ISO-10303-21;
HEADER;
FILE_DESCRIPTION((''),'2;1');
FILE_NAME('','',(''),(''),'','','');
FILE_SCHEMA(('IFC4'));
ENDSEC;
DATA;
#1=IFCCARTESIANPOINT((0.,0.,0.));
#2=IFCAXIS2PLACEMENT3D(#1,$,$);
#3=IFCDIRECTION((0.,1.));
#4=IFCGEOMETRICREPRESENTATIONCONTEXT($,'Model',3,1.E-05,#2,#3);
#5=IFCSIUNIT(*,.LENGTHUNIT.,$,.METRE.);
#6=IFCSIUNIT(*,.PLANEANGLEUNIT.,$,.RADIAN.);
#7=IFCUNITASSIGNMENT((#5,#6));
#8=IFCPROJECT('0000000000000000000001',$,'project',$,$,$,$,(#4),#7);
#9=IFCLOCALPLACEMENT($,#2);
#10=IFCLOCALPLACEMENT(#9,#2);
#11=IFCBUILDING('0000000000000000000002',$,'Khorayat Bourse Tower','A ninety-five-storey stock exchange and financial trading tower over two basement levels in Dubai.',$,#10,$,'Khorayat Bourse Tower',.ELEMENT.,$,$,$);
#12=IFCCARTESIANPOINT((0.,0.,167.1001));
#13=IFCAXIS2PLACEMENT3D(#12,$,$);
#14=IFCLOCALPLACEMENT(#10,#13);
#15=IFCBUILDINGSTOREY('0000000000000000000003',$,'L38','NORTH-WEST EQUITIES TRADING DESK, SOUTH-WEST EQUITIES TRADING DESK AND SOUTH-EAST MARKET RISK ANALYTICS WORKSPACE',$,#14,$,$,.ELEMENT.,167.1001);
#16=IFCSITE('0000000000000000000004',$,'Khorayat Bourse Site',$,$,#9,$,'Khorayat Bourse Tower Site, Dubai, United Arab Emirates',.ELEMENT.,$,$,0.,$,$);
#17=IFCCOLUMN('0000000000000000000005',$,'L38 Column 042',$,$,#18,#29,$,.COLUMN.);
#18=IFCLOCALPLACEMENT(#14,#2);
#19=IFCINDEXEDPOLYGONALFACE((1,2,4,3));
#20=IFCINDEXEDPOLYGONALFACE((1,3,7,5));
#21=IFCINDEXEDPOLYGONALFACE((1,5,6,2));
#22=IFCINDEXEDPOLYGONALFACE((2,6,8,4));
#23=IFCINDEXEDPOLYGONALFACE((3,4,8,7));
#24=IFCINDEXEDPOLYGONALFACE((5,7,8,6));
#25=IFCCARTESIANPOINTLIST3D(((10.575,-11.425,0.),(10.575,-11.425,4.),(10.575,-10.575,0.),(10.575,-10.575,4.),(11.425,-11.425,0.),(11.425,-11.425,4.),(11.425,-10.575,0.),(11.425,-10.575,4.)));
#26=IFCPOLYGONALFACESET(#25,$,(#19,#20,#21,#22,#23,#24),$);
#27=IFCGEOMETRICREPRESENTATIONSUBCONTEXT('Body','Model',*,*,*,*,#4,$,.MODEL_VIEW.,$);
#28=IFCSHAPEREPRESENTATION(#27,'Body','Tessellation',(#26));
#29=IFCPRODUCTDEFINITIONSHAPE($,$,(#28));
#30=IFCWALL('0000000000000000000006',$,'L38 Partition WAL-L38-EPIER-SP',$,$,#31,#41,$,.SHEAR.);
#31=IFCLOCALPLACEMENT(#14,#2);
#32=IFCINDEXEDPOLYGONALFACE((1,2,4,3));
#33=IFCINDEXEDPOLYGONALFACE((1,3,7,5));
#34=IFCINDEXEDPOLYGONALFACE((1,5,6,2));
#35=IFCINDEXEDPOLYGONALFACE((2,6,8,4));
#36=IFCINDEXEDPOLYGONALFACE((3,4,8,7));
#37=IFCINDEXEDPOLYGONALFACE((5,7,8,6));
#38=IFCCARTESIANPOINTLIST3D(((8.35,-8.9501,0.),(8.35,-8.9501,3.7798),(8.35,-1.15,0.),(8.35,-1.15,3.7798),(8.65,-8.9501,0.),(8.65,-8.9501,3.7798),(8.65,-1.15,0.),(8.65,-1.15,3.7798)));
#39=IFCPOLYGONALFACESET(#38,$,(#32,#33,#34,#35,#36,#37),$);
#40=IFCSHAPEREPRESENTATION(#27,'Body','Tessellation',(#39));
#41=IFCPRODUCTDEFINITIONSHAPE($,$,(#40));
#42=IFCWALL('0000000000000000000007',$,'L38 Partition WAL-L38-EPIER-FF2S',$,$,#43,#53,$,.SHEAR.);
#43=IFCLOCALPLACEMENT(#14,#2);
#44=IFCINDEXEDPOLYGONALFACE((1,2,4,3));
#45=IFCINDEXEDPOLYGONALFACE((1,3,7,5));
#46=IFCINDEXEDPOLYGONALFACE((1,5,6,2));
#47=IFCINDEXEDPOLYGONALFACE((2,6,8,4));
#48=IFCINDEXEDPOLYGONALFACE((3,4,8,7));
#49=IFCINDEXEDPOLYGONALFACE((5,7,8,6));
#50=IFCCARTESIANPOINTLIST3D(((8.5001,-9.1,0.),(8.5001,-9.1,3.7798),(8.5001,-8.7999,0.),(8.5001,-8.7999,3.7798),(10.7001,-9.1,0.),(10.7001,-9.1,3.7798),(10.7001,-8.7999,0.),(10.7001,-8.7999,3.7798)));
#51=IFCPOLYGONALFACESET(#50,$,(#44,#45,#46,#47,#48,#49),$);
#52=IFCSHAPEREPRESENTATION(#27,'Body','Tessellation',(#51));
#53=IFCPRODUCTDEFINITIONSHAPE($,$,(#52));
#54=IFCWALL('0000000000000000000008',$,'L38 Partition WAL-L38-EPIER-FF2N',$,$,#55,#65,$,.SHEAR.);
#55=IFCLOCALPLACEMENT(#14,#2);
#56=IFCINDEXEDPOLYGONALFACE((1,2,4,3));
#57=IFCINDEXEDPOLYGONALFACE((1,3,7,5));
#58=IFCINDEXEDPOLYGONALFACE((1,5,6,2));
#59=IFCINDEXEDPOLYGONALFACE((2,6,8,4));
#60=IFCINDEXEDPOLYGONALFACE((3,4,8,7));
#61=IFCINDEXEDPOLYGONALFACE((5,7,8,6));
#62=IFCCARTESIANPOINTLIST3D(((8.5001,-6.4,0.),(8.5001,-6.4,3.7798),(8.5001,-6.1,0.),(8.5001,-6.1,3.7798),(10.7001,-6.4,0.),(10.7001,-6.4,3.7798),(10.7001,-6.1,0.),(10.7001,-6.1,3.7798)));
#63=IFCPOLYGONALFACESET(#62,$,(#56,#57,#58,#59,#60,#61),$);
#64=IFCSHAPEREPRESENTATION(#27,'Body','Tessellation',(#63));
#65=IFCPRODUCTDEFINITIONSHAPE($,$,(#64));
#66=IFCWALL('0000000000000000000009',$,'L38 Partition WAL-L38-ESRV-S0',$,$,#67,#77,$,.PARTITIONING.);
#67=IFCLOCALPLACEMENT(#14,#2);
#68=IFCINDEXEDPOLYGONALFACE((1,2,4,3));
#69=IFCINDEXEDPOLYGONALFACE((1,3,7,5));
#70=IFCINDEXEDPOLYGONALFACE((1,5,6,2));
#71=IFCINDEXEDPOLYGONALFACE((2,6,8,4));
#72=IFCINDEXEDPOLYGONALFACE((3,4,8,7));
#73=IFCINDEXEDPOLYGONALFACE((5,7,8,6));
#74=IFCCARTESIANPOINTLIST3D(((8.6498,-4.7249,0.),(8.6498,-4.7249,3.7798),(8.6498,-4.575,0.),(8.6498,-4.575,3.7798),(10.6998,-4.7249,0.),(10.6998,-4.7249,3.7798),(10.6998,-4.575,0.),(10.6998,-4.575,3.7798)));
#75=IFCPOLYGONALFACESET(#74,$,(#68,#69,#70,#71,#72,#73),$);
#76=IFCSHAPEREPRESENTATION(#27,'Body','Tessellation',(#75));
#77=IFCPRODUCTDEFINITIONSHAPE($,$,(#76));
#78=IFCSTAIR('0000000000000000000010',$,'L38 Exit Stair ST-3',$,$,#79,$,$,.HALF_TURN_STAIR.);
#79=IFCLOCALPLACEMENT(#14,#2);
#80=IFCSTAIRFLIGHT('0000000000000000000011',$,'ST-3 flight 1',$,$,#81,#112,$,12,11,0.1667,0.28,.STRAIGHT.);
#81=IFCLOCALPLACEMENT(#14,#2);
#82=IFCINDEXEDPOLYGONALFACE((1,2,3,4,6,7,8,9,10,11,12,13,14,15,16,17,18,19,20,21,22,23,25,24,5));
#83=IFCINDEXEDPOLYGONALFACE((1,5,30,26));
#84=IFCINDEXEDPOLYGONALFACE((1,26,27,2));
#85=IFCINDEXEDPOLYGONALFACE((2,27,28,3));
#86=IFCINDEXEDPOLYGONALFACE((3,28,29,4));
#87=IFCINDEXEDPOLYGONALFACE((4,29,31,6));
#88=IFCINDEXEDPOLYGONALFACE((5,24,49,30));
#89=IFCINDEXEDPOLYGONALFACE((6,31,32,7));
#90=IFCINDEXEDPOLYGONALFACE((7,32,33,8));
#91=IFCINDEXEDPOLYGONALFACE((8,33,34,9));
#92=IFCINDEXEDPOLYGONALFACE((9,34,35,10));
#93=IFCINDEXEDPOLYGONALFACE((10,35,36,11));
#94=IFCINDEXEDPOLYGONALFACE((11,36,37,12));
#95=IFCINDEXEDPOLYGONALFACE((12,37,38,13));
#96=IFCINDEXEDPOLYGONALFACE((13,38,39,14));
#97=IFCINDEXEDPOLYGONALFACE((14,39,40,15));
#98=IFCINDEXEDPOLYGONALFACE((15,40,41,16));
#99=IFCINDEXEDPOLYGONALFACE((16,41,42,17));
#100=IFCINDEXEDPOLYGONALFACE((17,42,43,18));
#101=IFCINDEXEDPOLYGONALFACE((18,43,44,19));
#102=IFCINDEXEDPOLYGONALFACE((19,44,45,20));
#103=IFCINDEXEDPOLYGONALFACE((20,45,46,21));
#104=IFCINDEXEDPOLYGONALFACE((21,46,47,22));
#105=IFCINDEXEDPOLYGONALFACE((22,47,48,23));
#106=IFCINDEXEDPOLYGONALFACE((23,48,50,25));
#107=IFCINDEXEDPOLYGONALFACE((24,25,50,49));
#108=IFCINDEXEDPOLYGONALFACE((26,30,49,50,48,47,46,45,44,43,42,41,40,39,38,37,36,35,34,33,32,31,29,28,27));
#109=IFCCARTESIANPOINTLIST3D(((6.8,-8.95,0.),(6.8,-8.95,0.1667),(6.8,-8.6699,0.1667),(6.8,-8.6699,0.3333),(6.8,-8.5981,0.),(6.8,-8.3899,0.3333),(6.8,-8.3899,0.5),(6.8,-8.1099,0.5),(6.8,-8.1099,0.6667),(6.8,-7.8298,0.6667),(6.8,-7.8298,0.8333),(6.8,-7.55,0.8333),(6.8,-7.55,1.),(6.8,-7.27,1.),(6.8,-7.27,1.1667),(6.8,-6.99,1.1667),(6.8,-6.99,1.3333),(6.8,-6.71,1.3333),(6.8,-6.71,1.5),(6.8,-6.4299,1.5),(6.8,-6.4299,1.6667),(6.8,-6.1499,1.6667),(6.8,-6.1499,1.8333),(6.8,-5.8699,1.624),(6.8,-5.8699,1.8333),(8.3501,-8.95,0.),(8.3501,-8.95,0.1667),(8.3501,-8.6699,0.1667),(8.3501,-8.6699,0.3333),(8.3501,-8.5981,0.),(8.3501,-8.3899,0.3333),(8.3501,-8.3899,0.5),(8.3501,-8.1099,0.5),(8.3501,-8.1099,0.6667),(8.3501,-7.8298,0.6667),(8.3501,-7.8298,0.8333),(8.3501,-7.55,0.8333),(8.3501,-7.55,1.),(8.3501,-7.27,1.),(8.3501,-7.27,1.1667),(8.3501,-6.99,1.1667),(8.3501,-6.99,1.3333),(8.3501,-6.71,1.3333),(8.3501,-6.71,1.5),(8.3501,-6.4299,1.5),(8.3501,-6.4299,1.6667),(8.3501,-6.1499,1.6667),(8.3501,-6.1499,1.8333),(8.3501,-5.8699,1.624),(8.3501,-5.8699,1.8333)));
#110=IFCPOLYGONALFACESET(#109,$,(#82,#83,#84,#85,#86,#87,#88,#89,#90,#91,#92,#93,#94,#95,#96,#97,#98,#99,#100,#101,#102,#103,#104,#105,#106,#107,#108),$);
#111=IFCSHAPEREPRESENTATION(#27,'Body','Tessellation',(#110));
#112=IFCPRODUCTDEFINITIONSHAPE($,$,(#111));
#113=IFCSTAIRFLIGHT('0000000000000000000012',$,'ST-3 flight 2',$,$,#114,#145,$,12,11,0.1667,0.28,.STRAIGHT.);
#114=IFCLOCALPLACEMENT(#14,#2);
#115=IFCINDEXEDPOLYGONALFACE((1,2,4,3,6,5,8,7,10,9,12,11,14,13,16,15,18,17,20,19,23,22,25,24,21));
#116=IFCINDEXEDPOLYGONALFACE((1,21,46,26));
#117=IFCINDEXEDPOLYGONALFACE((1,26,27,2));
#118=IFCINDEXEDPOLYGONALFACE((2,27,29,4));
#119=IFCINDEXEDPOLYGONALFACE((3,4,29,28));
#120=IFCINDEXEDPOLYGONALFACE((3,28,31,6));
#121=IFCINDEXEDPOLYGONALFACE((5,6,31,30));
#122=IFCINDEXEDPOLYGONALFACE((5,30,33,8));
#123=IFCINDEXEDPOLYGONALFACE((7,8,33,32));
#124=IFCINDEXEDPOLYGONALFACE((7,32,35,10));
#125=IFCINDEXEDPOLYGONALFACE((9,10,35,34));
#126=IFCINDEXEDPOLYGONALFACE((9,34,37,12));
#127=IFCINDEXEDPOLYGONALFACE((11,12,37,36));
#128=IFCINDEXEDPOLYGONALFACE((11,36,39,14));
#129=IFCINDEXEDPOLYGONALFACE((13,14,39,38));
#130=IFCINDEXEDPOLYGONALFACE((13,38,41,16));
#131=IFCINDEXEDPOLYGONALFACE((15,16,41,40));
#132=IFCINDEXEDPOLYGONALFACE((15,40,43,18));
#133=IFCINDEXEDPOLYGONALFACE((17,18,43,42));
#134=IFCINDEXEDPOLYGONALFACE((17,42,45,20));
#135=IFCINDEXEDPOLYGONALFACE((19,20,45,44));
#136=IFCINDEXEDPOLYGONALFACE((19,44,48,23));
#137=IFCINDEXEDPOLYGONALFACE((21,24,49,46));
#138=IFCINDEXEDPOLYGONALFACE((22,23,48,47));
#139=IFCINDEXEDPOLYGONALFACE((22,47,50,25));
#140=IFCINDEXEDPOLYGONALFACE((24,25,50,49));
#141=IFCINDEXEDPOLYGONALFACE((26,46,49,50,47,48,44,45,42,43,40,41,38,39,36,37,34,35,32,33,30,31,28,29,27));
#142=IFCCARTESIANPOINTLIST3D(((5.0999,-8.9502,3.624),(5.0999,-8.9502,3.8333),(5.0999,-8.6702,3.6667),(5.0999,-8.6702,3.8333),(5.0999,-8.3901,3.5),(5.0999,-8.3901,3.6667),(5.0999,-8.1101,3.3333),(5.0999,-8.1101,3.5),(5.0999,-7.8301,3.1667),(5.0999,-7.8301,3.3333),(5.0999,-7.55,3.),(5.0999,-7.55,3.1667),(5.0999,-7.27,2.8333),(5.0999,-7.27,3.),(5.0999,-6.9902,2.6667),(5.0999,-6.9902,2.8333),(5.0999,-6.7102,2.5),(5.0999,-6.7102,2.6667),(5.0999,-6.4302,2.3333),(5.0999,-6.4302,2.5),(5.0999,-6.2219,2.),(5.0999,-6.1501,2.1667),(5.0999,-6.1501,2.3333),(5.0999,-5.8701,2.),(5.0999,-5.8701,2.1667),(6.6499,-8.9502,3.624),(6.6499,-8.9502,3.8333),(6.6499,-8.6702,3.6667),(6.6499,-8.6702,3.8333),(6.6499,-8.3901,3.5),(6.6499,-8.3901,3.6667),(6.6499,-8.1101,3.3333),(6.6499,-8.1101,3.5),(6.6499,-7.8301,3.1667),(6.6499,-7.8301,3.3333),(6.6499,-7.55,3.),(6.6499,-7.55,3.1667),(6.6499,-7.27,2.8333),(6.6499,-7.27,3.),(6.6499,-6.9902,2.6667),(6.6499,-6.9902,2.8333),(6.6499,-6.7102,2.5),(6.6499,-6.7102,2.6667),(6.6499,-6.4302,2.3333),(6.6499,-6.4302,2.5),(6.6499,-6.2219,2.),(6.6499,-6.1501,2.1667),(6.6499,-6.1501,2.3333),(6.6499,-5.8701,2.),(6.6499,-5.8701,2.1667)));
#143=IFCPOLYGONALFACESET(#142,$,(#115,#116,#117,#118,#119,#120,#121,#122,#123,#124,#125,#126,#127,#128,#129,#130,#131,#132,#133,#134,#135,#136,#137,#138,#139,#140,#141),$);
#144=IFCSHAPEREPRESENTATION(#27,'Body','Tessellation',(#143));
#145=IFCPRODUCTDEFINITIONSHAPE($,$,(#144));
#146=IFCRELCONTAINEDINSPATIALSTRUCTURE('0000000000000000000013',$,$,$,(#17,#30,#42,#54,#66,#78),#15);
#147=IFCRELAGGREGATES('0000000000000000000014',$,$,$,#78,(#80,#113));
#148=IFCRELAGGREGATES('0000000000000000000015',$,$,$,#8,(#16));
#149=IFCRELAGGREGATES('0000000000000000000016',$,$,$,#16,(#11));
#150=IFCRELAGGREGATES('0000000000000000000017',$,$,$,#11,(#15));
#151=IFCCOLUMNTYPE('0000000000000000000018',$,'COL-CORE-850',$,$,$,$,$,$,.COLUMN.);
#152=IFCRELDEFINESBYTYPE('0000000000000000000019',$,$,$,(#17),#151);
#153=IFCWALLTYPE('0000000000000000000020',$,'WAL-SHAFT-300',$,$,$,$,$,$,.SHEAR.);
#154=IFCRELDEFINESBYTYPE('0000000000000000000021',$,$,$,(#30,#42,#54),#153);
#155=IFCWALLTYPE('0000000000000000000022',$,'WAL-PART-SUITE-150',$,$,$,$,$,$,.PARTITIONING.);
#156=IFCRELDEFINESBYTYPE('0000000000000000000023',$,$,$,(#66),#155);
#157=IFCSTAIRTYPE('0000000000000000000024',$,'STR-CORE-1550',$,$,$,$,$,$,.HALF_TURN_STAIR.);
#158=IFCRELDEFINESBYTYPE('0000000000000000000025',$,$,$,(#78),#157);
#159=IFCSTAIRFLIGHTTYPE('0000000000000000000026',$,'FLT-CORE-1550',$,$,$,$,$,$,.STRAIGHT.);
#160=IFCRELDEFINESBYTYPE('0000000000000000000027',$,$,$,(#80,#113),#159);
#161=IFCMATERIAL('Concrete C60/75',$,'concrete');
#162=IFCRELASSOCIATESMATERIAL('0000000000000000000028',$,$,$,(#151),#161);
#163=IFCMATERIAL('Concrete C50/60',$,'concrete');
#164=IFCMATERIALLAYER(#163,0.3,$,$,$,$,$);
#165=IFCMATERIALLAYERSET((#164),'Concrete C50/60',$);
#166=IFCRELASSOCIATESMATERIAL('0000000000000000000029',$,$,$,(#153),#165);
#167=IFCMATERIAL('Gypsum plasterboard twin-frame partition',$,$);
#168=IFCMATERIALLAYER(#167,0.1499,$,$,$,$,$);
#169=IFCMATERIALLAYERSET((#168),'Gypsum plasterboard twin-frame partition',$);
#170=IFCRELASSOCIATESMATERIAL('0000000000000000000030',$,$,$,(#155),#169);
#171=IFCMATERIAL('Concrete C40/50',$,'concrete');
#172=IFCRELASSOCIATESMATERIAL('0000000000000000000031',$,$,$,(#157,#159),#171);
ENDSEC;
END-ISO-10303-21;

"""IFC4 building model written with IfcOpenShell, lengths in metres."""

from ifc_helpers import new_model, si_unit, direction, frame, frame_2d, origin, origin_2d, place, context, subcontext, project, spatial, polyline, rectangle, outline, extrude, source, transform, mapped, material, layer, layer_set, material_profile, profile_set, type_object, element, aggregate, save


model = new_model("IFC4")

# Units and contexts
model_context = context("Model", 3, precision=1e-05, world=origin(), true_north=direction((0.0, 1.0)))
body_context = subcontext(model_context, "Body", "Model", "MODEL_VIEW")
ifc_project = project(units=[si_unit("LENGTHUNIT", "METRE"), si_unit("PLANEANGLEUNIT", "RADIAN")], contexts=[model_context])

# Site, building, storey
site_placement = place(None, origin())
site = spatial("IfcSite", under=ifc_project, at=site_placement, Name="Khorayat Bourse Site", LongName="Khorayat Bourse Tower Site, Dubai, United Arab Emirates", CompositionType="ELEMENT", RefElevation=0.0)
building_placement = place(site_placement, origin())
building = spatial("IfcBuilding", under=site, at=building_placement, Name="Khorayat Bourse Tower", Description="A ninety-five-storey stock exchange and financial trading tower over two basement levels in Dubai.", LongName="Khorayat Bourse Tower", CompositionType="ELEMENT")
storey_placement = place(building_placement, frame((0.0, 0.0, 167.1001)))
storey = spatial("IfcBuildingStorey", under=building, at=storey_placement, Name="L38", Description="NORTH-WEST EQUITIES TRADING DESK, SOUTH-WEST EQUITIES TRADING DESK AND SOUTH-EAST MARKET RISK ANALYTICS WORKSPACE", CompositionType="ELEMENT", Elevation=167.1001)

# Column
ifc_material_1 = material(Name="Concrete C60/75", Category="concrete")
ifc_material_profile = material_profile(ifc_material_1, rectangle(XDim=0.8501, YDim=0.8501, at=origin_2d()), Name="RC 850x850")
ifc_profile_set = profile_set([ifc_material_profile], Name="Concrete C60/75")
column_type = type_object("IfcColumnType", Name="COL-CORE-850", PredefinedType="COLUMN", material=ifc_profile_set)
shared_shape_1 = source(origin(), body_context, "Body", "SweptSolid", [
    extrude(rectangle(XDim=0.8501, YDim=0.8501, at=origin_2d()), origin(), (0.0, 0.0, 1.0), 4.0),
])
column_placement = place(storey_placement, frame((11.0, -11.0, 0.0), z_axis=(0.0, 0.0, 1.0), x_axis=(1.0, 0.0, 0.0)))
element("IfcColumn", 1, at=column_placement, inside=storey, type_object=column_type, Name="L38 Column 042", PredefinedType="COLUMN", context=body_context, shape_type="MappedRepresentation", body=[
    mapped(shared_shape_1, transform((0.0, 0.0, 0.0), scale=1.0)),
])

# Walls
ifc_material_2 = material(Name="Concrete C50/60", Category="concrete")
ifc_layer_1 = layer(ifc_material_2, 0.3)
ifc_layer_set_1 = layer_set([ifc_layer_1], Name="Concrete C50/60")
wall_type_1 = type_object("IfcWallType", Name="WAL-SHAFT-300", PredefinedType="SHEAR", material=ifc_layer_set_1)
shared_shape_2 = source(origin(), body_context, "Body", "SweptSolid", [
    extrude(rectangle(XDim=7.8, YDim=0.3, at=frame_2d((3.8999, 0.0))), origin(), (0.0, 0.0, 1.0), 3.7798),
])
wall_1_placement = place(storey_placement, frame((8.5, -8.95, 0.0), z_axis=(0.0, 0.0, 1.0), x_axis=(0.0, 1.0, 0.0)))
element("IfcWall", 2, at=wall_1_placement, inside=storey, type_object=wall_type_1, Name="L38 Partition WAL-L38-EPIER-SP", PredefinedType="SHEAR", context=body_context, shape_type="MappedRepresentation", body=[
    mapped(shared_shape_2, transform((0.0, 0.0, 0.0), scale=1.0)),
])
shared_shape_3 = source(origin(), body_context, "Body", "SweptSolid", [
    extrude(rectangle(XDim=2.2, YDim=0.3, at=frame_2d((1.1001, 0.0))), origin(), (0.0, 0.0, 1.0), 3.7798),
])
for number, where, z_axis, x_axis, name in (
    (3, (8.5, -8.95, 0.0), (0.0, 0.0, 1.0), (1.0, 0.0, 0.0), "L38 Partition WAL-L38-EPIER-FF2S"),
    (4, (8.5, -6.25, 0.0), (0.0, 0.0, 1.0), (1.0, 0.0, 0.0), "L38 Partition WAL-L38-EPIER-FF2N"),
):
    element("IfcWall", number, at=place(storey_placement, frame(where, z_axis=z_axis, x_axis=x_axis)), inside=storey, type_object=wall_type_1, Name=name, PredefinedType="SHEAR", context=body_context, shape_type="MappedRepresentation", body=[
        mapped(shared_shape_3, transform((0.0, 0.0, 0.0), scale=1.0)),
    ])
ifc_material_3 = material(Name="Gypsum plasterboard twin-frame partition")
ifc_layer_2 = layer(ifc_material_3, 0.1499)
ifc_layer_set_2 = layer_set([ifc_layer_2], Name="Gypsum plasterboard twin-frame partition")
wall_type_2 = type_object("IfcWallType", Name="WAL-PART-SUITE-150", PredefinedType="PARTITIONING", material=ifc_layer_set_2)
shared_shape_4 = source(origin(), body_context, "Body", "SweptSolid", [
    extrude(rectangle(XDim=2.05, YDim=0.1499, at=frame_2d((1.0249, 0.0))), origin(), (0.0, 0.0, 1.0), 3.7798),
])
wall_2_placement = place(storey_placement, frame((8.6499, -4.6499, 0.0), z_axis=(0.0, 0.0, 1.0), x_axis=(1.0, 0.0, 0.0)))
element("IfcWall", 5, at=wall_2_placement, inside=storey, type_object=wall_type_2, Name="L38 Partition WAL-L38-ESRV-S0", PredefinedType="PARTITIONING", context=body_context, shape_type="MappedRepresentation", body=[
    mapped(shared_shape_4, transform((0.0, 0.0, 0.0), scale=1.0)),
])

# Stair, stair flights
ifc_material_4 = material(Name="Concrete C40/50", Category="concrete")
stair_type = type_object("IfcStairType", Name="STR-CORE-1550", PredefinedType="HALF_TURN_STAIR", material=ifc_material_4)
stair_placement = place(storey_placement, origin())
stair = element("IfcStair", 6, at=stair_placement, inside=storey, type_object=stair_type, Name="L38 Exit Stair ST-3", PredefinedType="HALF_TURN_STAIR")
stair_flight_type = type_object("IfcStairFlightType", Name="FLT-CORE-1550", PredefinedType="STRAIGHT", material=ifc_material_4)
shared_shape_5 = source(origin(), body_context, "Body", "SweptSolid", [
    extrude(outline(polyline([(0.0, 0.0), (0.0, 0.1667), (0.28, 0.1667), (0.28, 0.3333), (0.5601, 0.3333), (0.5601, 0.5), (0.8401, 0.5), (0.8401, 0.6667), (1.1201, 0.6667), (1.1201, 0.8333), (1.3999, 0.8333), (1.3999, 1.0), (1.6799, 1.0), (1.6799, 1.1667), (1.96, 1.1667), (1.96, 1.3333), (2.24, 1.3333), (2.24, 1.5), (2.52, 1.5), (2.52, 1.6667), (2.8, 1.6667), (2.8, 1.8333), (3.0801, 1.8333), (3.0801, 2.0), (3.0801, 1.624), (0.3518, 0.0), (0.0, 0.0)])), frame((0.0, 0.7749, 0.0), z_axis=(0.0, -1.0, 0.0), x_axis=(1.0, 0.0, 0.0)), (0.0, 0.0, 1.0), 1.55),
])
stair_flight_1_placement = place(storey_placement, frame((7.575, -8.95, 0.0), z_axis=(0.0, 0.0, 1.0), x_axis=(0.0, 1.0, 0.0)))
stair_flight_1 = element("IfcStairFlight", 7, at=stair_flight_1_placement, type_object=stair_flight_type, Name="ST-3 flight 1", NumberOfRisers=12, NumberOfTreads=11, PredefinedType="STRAIGHT", RiserHeight=0.1667, TreadLength=0.28, context=body_context, shape_type="MappedRepresentation", body=[
    mapped(shared_shape_5, transform((0.0, 0.0, 0.0), scale=1.0)),
])
stair_flight_2_placement = place(storey_placement, frame((5.875, -5.8701, 2.0), z_axis=(0.0, 0.0, 1.0), x_axis=(0.0, -1.0, 0.0)))
stair_flight_2 = element("IfcStairFlight", 8, at=stair_flight_2_placement, type_object=stair_flight_type, Name="ST-3 flight 2", NumberOfRisers=12, NumberOfTreads=11, PredefinedType="STRAIGHT", RiserHeight=0.1667, TreadLength=0.28, context=body_context, shape_type="MappedRepresentation", body=[
    mapped(shared_shape_5, transform((0.0, 0.0, 0.0), scale=1.0)),
])
aggregate(stair, [stair_flight_1, stair_flight_2])

save(model, "model.ifc")
